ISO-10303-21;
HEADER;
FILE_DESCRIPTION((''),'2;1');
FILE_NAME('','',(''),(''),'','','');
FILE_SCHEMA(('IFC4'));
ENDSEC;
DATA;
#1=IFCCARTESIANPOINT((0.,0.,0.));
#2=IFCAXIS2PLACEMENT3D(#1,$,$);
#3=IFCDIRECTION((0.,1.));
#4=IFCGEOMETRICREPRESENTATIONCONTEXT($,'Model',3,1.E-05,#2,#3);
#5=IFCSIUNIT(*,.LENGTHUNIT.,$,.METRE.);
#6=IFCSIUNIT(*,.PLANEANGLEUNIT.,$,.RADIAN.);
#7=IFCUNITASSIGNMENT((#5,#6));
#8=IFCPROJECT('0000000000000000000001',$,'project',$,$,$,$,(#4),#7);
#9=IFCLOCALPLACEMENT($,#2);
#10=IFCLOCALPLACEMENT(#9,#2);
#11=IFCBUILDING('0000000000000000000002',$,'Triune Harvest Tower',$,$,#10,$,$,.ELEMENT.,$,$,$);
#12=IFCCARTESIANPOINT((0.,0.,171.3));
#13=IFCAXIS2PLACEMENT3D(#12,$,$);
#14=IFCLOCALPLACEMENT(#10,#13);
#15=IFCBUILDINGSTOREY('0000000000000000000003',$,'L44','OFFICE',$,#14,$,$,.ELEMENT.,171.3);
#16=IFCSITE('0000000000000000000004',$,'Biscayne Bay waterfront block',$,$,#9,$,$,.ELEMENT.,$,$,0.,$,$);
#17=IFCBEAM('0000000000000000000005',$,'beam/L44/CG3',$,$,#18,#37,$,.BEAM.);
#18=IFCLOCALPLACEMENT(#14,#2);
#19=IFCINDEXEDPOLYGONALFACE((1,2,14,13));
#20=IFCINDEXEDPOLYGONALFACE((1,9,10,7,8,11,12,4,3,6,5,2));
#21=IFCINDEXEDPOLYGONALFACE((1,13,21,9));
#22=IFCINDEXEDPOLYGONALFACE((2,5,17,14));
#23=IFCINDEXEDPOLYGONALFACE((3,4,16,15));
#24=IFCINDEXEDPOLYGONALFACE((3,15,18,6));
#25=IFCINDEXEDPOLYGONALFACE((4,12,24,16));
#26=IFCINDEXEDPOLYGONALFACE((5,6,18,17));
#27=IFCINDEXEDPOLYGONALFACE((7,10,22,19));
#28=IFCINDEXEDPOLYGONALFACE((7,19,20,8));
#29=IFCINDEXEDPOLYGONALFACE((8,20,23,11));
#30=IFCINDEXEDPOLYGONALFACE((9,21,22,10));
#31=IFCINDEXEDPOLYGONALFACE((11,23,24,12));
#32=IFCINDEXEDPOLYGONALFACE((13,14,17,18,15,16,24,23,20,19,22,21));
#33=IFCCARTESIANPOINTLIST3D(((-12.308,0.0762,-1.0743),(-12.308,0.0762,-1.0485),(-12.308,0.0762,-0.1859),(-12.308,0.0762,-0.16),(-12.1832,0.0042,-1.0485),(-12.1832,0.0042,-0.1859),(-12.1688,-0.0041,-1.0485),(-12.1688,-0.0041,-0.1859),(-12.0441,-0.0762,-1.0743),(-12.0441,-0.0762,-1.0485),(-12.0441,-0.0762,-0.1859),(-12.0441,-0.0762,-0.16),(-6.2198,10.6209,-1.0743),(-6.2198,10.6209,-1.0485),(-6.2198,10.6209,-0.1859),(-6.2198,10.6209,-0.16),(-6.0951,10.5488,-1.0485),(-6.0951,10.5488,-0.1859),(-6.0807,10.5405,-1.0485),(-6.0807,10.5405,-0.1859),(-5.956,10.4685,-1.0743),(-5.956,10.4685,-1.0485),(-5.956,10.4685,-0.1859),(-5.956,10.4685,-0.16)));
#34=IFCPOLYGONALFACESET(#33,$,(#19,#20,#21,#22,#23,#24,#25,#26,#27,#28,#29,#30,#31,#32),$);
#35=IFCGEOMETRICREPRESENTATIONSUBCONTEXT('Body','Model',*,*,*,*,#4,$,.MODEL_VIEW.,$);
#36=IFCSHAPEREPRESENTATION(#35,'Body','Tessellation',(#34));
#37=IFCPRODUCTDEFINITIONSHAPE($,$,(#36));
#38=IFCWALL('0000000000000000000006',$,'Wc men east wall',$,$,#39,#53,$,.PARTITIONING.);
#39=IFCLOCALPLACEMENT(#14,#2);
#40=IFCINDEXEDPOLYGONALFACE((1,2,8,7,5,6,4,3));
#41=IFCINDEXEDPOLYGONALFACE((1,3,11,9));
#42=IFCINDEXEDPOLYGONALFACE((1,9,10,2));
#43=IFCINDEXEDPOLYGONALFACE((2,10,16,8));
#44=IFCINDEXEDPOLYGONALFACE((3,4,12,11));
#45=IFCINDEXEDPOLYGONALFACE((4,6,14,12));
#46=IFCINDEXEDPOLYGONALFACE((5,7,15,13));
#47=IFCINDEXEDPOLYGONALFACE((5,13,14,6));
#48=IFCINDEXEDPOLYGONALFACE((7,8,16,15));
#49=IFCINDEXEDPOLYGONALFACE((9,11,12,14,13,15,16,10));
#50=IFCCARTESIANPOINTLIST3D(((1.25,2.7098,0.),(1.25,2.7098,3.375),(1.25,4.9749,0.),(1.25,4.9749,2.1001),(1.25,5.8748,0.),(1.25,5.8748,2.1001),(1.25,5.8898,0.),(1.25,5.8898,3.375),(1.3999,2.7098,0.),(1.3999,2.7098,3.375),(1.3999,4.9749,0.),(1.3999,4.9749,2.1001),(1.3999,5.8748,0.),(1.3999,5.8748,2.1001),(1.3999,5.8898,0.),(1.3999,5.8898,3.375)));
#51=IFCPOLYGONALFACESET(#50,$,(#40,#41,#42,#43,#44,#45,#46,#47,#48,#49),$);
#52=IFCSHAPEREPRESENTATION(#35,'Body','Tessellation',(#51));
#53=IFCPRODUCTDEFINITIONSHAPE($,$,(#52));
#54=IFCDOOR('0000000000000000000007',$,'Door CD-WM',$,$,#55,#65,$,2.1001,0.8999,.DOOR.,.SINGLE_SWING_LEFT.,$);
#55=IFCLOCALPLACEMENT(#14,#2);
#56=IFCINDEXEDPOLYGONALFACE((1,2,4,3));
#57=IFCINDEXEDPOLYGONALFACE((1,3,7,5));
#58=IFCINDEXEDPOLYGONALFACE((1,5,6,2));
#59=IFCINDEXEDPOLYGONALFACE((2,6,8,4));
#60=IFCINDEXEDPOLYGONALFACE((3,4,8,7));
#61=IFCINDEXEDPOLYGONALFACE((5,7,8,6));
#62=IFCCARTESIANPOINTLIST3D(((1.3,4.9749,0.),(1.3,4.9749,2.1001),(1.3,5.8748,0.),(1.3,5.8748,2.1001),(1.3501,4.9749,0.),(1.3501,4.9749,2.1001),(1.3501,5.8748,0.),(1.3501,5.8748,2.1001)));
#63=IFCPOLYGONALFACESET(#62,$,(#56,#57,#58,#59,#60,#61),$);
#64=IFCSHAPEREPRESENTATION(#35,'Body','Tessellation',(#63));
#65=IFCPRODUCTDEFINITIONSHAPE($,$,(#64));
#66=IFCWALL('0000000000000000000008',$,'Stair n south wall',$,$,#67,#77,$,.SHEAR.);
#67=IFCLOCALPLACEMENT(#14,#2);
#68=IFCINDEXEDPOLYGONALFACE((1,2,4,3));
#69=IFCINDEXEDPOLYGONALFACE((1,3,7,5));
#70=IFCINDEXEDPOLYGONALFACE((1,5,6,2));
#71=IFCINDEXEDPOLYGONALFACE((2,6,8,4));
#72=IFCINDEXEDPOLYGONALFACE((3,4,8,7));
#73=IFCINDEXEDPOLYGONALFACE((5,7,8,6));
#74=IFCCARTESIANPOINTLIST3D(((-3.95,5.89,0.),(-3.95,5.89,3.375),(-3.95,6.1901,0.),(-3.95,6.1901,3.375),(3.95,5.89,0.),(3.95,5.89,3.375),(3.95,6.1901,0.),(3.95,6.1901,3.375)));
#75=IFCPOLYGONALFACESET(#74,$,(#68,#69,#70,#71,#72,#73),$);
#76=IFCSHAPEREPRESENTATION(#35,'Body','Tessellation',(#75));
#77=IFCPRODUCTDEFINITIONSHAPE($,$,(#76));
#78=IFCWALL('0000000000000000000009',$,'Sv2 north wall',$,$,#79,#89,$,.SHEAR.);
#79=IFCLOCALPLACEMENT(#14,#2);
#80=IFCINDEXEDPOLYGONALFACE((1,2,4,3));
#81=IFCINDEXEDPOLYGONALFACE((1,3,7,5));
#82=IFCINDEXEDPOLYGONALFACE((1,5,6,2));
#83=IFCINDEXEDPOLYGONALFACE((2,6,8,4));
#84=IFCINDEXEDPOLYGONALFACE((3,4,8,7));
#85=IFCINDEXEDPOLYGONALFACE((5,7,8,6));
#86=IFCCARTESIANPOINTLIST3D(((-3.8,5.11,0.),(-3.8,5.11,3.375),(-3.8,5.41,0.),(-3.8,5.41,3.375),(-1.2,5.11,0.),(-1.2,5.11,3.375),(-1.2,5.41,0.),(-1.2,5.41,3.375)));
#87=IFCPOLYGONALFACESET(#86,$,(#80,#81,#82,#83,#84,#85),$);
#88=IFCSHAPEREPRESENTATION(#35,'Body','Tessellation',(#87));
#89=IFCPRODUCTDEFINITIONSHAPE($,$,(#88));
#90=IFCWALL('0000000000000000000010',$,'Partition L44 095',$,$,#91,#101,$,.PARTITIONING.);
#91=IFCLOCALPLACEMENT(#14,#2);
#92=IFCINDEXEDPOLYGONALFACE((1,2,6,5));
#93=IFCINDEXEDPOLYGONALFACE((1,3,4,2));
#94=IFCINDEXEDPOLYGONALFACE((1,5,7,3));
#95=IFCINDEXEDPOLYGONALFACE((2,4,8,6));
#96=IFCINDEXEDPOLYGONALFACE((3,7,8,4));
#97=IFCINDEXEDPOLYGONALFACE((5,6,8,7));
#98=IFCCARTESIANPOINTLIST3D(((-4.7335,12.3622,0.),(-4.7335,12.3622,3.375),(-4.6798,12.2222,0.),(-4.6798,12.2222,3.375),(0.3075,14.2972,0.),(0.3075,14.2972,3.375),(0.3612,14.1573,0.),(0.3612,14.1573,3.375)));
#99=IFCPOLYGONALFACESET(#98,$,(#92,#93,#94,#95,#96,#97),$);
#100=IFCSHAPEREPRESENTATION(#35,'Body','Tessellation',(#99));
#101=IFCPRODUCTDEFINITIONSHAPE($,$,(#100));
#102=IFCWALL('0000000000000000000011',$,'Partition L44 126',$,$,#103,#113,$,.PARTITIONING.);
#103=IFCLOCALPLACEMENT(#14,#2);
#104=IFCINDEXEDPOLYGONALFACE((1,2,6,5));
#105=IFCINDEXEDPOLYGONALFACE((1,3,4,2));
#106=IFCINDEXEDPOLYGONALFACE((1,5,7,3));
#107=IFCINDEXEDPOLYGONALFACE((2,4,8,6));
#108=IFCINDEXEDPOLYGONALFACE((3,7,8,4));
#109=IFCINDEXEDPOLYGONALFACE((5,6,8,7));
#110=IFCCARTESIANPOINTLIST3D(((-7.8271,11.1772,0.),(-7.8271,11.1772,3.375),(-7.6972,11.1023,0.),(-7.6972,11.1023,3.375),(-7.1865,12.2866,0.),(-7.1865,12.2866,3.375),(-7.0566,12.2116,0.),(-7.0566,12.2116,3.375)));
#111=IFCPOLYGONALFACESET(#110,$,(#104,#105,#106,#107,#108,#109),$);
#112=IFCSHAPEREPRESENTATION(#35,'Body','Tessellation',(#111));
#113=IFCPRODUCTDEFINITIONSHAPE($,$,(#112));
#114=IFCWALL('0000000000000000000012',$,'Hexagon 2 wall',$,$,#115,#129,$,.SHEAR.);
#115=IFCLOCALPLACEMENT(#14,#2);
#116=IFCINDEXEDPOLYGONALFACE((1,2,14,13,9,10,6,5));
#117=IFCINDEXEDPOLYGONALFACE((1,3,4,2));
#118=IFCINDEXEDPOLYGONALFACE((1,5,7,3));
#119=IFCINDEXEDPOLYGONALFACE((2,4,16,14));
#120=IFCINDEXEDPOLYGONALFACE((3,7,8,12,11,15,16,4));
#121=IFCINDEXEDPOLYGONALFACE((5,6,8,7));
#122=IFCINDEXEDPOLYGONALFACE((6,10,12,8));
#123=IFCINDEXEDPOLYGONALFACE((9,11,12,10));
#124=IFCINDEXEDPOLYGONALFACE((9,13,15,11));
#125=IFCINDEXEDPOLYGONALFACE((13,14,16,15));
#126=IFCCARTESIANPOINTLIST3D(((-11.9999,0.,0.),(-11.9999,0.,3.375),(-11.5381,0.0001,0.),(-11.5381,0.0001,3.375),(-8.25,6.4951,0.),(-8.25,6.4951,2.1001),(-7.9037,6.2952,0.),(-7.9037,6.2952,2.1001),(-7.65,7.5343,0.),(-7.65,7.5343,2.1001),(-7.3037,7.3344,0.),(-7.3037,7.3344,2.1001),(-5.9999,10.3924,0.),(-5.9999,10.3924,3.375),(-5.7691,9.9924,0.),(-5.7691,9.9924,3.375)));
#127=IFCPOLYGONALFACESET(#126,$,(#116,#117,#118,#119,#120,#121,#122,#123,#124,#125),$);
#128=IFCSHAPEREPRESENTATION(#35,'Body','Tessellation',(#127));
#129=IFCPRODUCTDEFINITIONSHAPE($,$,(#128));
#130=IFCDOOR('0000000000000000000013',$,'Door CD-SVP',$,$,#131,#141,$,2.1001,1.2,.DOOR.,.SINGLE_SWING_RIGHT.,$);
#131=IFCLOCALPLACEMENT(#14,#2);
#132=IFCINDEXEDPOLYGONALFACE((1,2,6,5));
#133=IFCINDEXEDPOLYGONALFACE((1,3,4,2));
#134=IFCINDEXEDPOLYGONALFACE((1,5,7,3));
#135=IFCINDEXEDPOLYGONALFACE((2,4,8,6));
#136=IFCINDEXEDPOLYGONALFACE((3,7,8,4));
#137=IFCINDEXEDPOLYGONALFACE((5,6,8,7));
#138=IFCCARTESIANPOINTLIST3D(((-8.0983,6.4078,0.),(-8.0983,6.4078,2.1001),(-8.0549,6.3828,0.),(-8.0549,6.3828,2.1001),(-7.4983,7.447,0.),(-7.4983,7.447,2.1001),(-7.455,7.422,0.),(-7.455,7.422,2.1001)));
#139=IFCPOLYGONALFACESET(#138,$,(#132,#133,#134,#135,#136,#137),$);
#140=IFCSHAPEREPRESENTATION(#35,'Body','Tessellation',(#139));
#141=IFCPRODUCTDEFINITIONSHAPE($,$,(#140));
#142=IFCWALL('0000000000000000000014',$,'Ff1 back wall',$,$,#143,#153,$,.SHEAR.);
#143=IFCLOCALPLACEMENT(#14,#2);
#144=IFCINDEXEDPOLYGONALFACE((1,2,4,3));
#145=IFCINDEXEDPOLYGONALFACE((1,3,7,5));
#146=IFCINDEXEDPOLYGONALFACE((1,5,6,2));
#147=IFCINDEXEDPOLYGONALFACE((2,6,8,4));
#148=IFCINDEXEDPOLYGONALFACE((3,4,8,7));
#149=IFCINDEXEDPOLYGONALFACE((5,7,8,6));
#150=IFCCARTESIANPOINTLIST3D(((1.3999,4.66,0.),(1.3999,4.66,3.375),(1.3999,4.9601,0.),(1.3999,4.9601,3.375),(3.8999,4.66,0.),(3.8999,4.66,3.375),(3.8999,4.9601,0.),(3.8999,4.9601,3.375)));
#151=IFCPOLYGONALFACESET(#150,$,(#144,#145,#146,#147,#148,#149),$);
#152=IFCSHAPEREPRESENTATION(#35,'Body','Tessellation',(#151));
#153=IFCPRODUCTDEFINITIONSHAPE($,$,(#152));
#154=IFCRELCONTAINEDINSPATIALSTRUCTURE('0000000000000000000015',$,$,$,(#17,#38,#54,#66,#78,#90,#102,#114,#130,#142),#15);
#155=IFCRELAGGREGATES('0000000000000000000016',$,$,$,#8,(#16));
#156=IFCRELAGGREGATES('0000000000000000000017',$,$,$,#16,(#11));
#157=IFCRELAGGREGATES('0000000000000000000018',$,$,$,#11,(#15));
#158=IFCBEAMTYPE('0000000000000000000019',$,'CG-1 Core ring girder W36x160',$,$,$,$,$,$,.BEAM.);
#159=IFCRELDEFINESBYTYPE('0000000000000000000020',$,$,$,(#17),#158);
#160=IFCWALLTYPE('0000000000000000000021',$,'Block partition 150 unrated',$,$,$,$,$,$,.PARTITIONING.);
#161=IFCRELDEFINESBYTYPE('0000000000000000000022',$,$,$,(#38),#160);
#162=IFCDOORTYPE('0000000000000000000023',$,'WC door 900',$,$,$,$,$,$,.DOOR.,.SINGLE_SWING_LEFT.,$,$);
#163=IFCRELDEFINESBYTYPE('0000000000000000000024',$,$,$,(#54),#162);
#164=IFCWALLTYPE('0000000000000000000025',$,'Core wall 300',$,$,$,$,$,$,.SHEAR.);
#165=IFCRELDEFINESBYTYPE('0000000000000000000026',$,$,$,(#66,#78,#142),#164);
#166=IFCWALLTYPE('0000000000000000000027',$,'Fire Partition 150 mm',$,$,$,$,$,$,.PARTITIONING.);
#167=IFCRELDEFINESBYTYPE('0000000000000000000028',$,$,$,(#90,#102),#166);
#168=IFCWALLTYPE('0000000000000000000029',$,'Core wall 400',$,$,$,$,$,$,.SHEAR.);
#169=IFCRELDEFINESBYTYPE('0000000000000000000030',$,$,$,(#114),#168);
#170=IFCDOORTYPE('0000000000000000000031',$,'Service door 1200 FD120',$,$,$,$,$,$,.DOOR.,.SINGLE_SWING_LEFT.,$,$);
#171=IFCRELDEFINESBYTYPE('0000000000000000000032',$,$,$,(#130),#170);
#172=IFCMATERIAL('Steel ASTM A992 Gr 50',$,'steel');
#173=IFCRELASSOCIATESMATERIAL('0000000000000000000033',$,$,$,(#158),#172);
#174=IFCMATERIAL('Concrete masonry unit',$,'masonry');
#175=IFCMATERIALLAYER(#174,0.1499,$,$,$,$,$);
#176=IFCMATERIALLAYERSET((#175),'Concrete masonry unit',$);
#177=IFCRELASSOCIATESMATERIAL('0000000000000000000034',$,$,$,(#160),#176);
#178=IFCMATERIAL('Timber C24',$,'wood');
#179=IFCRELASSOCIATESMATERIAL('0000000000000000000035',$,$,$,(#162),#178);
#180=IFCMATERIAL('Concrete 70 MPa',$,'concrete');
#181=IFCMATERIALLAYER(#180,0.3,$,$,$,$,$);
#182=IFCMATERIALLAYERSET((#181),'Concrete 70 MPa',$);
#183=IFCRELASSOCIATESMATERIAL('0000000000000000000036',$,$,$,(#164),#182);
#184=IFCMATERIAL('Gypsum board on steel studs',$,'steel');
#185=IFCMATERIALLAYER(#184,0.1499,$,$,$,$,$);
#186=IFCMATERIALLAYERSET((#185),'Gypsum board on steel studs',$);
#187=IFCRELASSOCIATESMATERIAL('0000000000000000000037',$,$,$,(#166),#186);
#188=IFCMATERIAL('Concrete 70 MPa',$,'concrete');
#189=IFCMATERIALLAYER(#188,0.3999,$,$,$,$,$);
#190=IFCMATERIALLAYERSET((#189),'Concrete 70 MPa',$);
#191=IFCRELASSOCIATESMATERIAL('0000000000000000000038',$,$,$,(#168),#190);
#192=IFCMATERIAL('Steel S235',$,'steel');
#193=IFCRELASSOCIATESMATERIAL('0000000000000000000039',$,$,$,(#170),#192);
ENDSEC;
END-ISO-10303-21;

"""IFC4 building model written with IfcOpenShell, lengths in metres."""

from ifc_helpers import new_model, si_unit, direction, frame, frame_2d, origin, origin_2d, place, context, subcontext, project, spatial, polyline, rectangle, i_section, outline, extrude, source, transform, mapped, material, layer, layer_set, material_profile, profile_set, type_object, element, fill, save


model = new_model("IFC4")

# Units and contexts
model_context = context("Model", 3, precision=1e-05, world=origin(), true_north=direction((0.0, 1.0)))
body_context = subcontext(model_context, "Body", "Model", "MODEL_VIEW")
ifc_project = project(units=[si_unit("LENGTHUNIT", "METRE"), si_unit("PLANEANGLEUNIT", "RADIAN")], contexts=[model_context])

# Site, building, storey
site_placement = place(None, origin())
site = spatial("IfcSite", under=ifc_project, at=site_placement, Name="Biscayne Bay waterfront block", CompositionType="ELEMENT", RefElevation=0.0)
building_placement = place(site_placement, origin())
building = spatial("IfcBuilding", under=site, at=building_placement, Name="Triune Harvest Tower", CompositionType="ELEMENT")
storey_placement = place(building_placement, frame((0.0, 0.0, 171.3)))
storey = spatial("IfcBuildingStorey", under=building, at=storey_placement, Name="L44", Description="OFFICE", CompositionType="ELEMENT", Elevation=171.3)

# Beam
ifc_material_1 = material(Name="Steel ASTM A992 Gr 50", Category="steel")
ifc_material_profile = material_profile(ifc_material_1, i_section(OverallWidth=0.3047, OverallDepth=0.9143, WebThickness=0.0166, FlangeThickness=0.0259, at=origin_2d()), Name="W36x160")
ifc_profile_set = profile_set([ifc_material_profile], Name="Steel ASTM A992 Gr 50")
beam_type = type_object("IfcBeamType", Name="CG-1 Core ring girder W36x160", PredefinedType="BEAM", material=ifc_profile_set)
shared_shape_1 = source(origin(), body_context, "Body", "SweptSolid", [
    extrude(i_section(OverallWidth=0.3047, OverallDepth=0.9143, WebThickness=0.0166, FlangeThickness=0.0259, at=origin_2d()), origin(), (0.0, 0.0, 1.0), 12.176),
])
beam_placement = place(storey_placement, frame((-6.0879, 10.5447, -0.6172), z_axis=(-0.50001, -0.86602, 0.0), x_axis=(0.86602, -0.50001, 0.0)))
element("IfcBeam", 1, at=beam_placement, inside=storey, type_object=beam_type, Name="beam/L44/CG3", PredefinedType="BEAM", context=body_context, shape_type="MappedRepresentation", body=[
    mapped(shared_shape_1, transform((0.0, 0.0, 0.0), scale=1.0)),
])

# Wall, opening, door
ifc_material_2 = material(Name="Concrete masonry unit", Category="masonry")
ifc_layer_1 = layer(ifc_material_2, 0.1499)
ifc_layer_set_1 = layer_set([ifc_layer_1], Name="Concrete masonry unit")
wall_type_1 = type_object("IfcWallType", Name="Block partition 150 unrated", PredefinedType="PARTITIONING", material=ifc_layer_set_1)
wall_1_placement = place(storey_placement, frame((1.325, 2.71, 0.0), z_axis=(0.0, 0.0, 1.0), x_axis=(0.0, 1.0, 0.0)))
wall_1 = element("IfcWall", 2, at=wall_1_placement, inside=storey, type_object=wall_type_1, Name="Wc men east wall", PredefinedType="PARTITIONING", context=body_context, shape_type="SweptSolid", body=[
    extrude(rectangle(XDim=3.1799, YDim=0.1499, at=frame_2d((1.5898, 0.0))), origin(), (0.0, 0.0, 1.0), 3.375),
])
opening_1_placement = place(wall_1_placement, frame((2.2649, 0.0, 0.0)))
opening_1 = element("IfcOpeningElement", 3, at=opening_1_placement, cuts=wall_1, PredefinedType="OPENING", context=body_context, shape_type="SweptSolid", body=[
    extrude(rectangle(XDim=0.8999, YDim=2.1001, at=frame_2d((0.45, 1.05))), frame((0.0, 0.085, 0.0), z_axis=(0.0, -1.0, 0.0), x_axis=(1.0, 0.0, 0.0)), (0.0, 0.0, 1.0), 0.1699),
])
ifc_material_3 = material(Name="Timber C24", Category="wood")
door_type_1 = type_object("IfcDoorType", Name="WC door 900", OperationType="SINGLE_SWING_LEFT", PredefinedType="DOOR", material=ifc_material_3)
door_1_placement = place(opening_1_placement, origin())
door_1 = element("IfcDoor", 4, at=door_1_placement, inside=storey, type_object=door_type_1, Name="Door CD-WM", OperationType="SINGLE_SWING_LEFT", OverallHeight=2.1001, OverallWidth=0.8999, PredefinedType="DOOR", context=body_context, shape_type="SweptSolid", body=[
    extrude(rectangle(XDim=0.8999, YDim=2.1001, at=frame_2d((0.45, 1.05))), frame((0.0, 0.0249, 0.0), z_axis=(0.0, -1.0, 0.0), x_axis=(1.0, 0.0, 0.0)), (0.0, 0.0, 1.0), 0.05),
])
fill(opening_1, door_1)

# Walls
ifc_material_4 = material(Name="Concrete 70 MPa", Category="concrete")
ifc_layer_2 = layer(ifc_material_4, 0.3)
ifc_layer_set_2 = layer_set([ifc_layer_2], Name="Concrete 70 MPa")
wall_type_2 = type_object("IfcWallType", Name="Core wall 300", PredefinedType="SHEAR", material=ifc_layer_set_2)
wall_2_placement = place(storey_placement, frame((-3.95, 6.04, 0.0), z_axis=(0.0, 0.0, 1.0), x_axis=(1.0, 0.0, 0.0)))
element("IfcWall", 5, at=wall_2_placement, inside=storey, type_object=wall_type_2, Name="Stair n south wall", PredefinedType="SHEAR", context=body_context, shape_type="SweptSolid", body=[
    extrude(rectangle(XDim=7.8999, YDim=0.3, at=frame_2d((3.95, 0.0))), origin(), (0.0, 0.0, 1.0), 3.375),
])
wall_3_placement = place(storey_placement, frame((-3.8, 5.26, 0.0), z_axis=(0.0, 0.0, 1.0), x_axis=(1.0, 0.0, 0.0)))
element("IfcWall", 6, at=wall_3_placement, inside=storey, type_object=wall_type_2, Name="Sv2 north wall", PredefinedType="SHEAR", context=body_context, shape_type="SweptSolid", body=[
    extrude(rectangle(XDim=2.6001, YDim=0.3, at=frame_2d((1.3, 0.0))), origin(), (0.0, 0.0, 1.0), 3.375),
])
ifc_material_5 = material(Name="Gypsum board on steel studs", Category="steel")
ifc_layer_3 = layer(ifc_material_5, 0.1499)
ifc_layer_set_3 = layer_set([ifc_layer_3], Name="Gypsum board on steel studs")
wall_type_3 = type_object("IfcWallType", Name="Fire Partition 150 mm", PredefinedType="PARTITIONING", material=ifc_layer_set_3)
wall_4_placement = place(storey_placement, frame((-4.7065, 12.2922, 0.0), z_axis=(0.0, 0.0, 1.0), x_axis=(0.933581, 0.358367, 0.0)))
element("IfcWall", 7, at=wall_4_placement, inside=storey, type_object=wall_type_3, Name="Partition L44 095", PredefinedType="PARTITIONING", context=body_context, shape_type="SweptSolid", body=[
    extrude(rectangle(XDim=5.3997, YDim=0.1499, at=frame_2d((2.6997, 0.0))), origin(), (0.0, 0.0, 1.0), 3.375),
])
wall_5_placement = place(storey_placement, frame((-7.7622, 11.1396, 0.0), z_axis=(0.0, 0.0, 1.0), x_axis=(0.500074, 0.865982, 0.0)))
element("IfcWall", 8, at=wall_5_placement, inside=storey, type_object=wall_type_3, Name="Partition L44 126", PredefinedType="PARTITIONING", context=body_context, shape_type="SweptSolid", body=[
    extrude(rectangle(XDim=1.281, YDim=0.1499, at=frame_2d((0.6406, 0.0))), origin(), (0.0, 0.0, 1.0), 3.375),
])

# Wall, opening, door
ifc_material_6 = material(Name="Concrete 70 MPa", Category="concrete")
ifc_layer_4 = layer(ifc_material_6, 0.3999)
ifc_layer_set_4 = layer_set([ifc_layer_4], Name="Concrete 70 MPa")
wall_type_4 = type_object("IfcWallType", Name="Core wall 400", PredefinedType="SHEAR", material=ifc_layer_set_4)
shared_shape_2 = source(origin(), body_context, "Body", "SweptSolid", [
    extrude(outline(polyline([(-0.1155, -0.2), (11.8845, -0.2), (11.6536, 0.2), (0.1155, 0.2), (-0.1155, -0.2)])), origin(), (0.0, 0.0, 1.0), 3.375),
])
wall_6_placement = place(storey_placement, frame((-5.8845, 10.1924, 0.0), z_axis=(0.0, 0.0, 1.0), x_axis=(-0.499997, -0.866027, 0.0)))
wall_6 = element("IfcWall", 9, at=wall_6_placement, inside=storey, type_object=wall_type_4, Name="Hexagon 2 wall", PredefinedType="SHEAR", context=body_context, shape_type="MappedRepresentation", body=[
    mapped(shared_shape_2, transform((0.0, 0.0, 0.0), scale=1.0)),
])
opening_2_placement = place(wall_6_placement, frame((3.1846, 0.0, 0.0)))
opening_2 = element("IfcOpeningElement", 10, at=opening_2_placement, cuts=wall_6, PredefinedType="OPENING", context=body_context, shape_type="SweptSolid", body=[
    extrude(rectangle(XDim=1.2, YDim=2.1001, at=frame_2d((0.6001, 1.05))), frame((0.0, 0.21, 0.0), z_axis=(0.0, -1.0, 0.0), x_axis=(1.0, 0.0, 0.0)), (0.0, 0.0, 1.0), 0.4199),
])
ifc_material_7 = material(Name="Steel S235", Category="steel")
door_type_2 = type_object("IfcDoorType", Name="Service door 1200 FD120", OperationType="SINGLE_SWING_LEFT", PredefinedType="DOOR", material=ifc_material_7)
door_2_placement = place(opening_2_placement, frame((1.2, 0.0, 0.0), z_axis=(0.0, 0.0, 1.0), x_axis=(-1.0, 0.0, 0.0)))
door_2 = element("IfcDoor", 11, at=door_2_placement, inside=storey, type_object=door_type_2, Name="Door CD-SVP", OperationType="SINGLE_SWING_RIGHT", OverallHeight=2.1001, OverallWidth=1.2, PredefinedType="DOOR", context=body_context, shape_type="SweptSolid", body=[
    extrude(rectangle(XDim=1.2, YDim=2.1001, at=frame_2d((0.6001, 1.05))), frame((0.0, 0.0249, 0.0), z_axis=(0.0, -1.0, 0.0), x_axis=(1.0, 0.0, 0.0)), (0.0, 0.0, 1.0), 0.05),
])
fill(opening_2, door_2)

# Wall
shared_shape_3 = source(origin(), body_context, "Body", "SweptSolid", [
    extrude(rectangle(XDim=2.5, YDim=0.3, at=frame_2d((1.25, 0.0))), origin(), (0.0, 0.0, 1.0), 3.375),
])
wall_7_placement = place(storey_placement, frame((1.3999, 4.8101, 0.0), z_axis=(0.0, 0.0, 1.0), x_axis=(1.0, 0.0, 0.0)))
element("IfcWall", 12, at=wall_7_placement, inside=storey, type_object=wall_type_2, Name="Ff1 back wall", PredefinedType="SHEAR", context=body_context, shape_type="MappedRepresentation", body=[
    mapped(shared_shape_3, transform((0.0, 0.0, 0.0), scale=1.0)),
])

save(model, "model.ifc")
